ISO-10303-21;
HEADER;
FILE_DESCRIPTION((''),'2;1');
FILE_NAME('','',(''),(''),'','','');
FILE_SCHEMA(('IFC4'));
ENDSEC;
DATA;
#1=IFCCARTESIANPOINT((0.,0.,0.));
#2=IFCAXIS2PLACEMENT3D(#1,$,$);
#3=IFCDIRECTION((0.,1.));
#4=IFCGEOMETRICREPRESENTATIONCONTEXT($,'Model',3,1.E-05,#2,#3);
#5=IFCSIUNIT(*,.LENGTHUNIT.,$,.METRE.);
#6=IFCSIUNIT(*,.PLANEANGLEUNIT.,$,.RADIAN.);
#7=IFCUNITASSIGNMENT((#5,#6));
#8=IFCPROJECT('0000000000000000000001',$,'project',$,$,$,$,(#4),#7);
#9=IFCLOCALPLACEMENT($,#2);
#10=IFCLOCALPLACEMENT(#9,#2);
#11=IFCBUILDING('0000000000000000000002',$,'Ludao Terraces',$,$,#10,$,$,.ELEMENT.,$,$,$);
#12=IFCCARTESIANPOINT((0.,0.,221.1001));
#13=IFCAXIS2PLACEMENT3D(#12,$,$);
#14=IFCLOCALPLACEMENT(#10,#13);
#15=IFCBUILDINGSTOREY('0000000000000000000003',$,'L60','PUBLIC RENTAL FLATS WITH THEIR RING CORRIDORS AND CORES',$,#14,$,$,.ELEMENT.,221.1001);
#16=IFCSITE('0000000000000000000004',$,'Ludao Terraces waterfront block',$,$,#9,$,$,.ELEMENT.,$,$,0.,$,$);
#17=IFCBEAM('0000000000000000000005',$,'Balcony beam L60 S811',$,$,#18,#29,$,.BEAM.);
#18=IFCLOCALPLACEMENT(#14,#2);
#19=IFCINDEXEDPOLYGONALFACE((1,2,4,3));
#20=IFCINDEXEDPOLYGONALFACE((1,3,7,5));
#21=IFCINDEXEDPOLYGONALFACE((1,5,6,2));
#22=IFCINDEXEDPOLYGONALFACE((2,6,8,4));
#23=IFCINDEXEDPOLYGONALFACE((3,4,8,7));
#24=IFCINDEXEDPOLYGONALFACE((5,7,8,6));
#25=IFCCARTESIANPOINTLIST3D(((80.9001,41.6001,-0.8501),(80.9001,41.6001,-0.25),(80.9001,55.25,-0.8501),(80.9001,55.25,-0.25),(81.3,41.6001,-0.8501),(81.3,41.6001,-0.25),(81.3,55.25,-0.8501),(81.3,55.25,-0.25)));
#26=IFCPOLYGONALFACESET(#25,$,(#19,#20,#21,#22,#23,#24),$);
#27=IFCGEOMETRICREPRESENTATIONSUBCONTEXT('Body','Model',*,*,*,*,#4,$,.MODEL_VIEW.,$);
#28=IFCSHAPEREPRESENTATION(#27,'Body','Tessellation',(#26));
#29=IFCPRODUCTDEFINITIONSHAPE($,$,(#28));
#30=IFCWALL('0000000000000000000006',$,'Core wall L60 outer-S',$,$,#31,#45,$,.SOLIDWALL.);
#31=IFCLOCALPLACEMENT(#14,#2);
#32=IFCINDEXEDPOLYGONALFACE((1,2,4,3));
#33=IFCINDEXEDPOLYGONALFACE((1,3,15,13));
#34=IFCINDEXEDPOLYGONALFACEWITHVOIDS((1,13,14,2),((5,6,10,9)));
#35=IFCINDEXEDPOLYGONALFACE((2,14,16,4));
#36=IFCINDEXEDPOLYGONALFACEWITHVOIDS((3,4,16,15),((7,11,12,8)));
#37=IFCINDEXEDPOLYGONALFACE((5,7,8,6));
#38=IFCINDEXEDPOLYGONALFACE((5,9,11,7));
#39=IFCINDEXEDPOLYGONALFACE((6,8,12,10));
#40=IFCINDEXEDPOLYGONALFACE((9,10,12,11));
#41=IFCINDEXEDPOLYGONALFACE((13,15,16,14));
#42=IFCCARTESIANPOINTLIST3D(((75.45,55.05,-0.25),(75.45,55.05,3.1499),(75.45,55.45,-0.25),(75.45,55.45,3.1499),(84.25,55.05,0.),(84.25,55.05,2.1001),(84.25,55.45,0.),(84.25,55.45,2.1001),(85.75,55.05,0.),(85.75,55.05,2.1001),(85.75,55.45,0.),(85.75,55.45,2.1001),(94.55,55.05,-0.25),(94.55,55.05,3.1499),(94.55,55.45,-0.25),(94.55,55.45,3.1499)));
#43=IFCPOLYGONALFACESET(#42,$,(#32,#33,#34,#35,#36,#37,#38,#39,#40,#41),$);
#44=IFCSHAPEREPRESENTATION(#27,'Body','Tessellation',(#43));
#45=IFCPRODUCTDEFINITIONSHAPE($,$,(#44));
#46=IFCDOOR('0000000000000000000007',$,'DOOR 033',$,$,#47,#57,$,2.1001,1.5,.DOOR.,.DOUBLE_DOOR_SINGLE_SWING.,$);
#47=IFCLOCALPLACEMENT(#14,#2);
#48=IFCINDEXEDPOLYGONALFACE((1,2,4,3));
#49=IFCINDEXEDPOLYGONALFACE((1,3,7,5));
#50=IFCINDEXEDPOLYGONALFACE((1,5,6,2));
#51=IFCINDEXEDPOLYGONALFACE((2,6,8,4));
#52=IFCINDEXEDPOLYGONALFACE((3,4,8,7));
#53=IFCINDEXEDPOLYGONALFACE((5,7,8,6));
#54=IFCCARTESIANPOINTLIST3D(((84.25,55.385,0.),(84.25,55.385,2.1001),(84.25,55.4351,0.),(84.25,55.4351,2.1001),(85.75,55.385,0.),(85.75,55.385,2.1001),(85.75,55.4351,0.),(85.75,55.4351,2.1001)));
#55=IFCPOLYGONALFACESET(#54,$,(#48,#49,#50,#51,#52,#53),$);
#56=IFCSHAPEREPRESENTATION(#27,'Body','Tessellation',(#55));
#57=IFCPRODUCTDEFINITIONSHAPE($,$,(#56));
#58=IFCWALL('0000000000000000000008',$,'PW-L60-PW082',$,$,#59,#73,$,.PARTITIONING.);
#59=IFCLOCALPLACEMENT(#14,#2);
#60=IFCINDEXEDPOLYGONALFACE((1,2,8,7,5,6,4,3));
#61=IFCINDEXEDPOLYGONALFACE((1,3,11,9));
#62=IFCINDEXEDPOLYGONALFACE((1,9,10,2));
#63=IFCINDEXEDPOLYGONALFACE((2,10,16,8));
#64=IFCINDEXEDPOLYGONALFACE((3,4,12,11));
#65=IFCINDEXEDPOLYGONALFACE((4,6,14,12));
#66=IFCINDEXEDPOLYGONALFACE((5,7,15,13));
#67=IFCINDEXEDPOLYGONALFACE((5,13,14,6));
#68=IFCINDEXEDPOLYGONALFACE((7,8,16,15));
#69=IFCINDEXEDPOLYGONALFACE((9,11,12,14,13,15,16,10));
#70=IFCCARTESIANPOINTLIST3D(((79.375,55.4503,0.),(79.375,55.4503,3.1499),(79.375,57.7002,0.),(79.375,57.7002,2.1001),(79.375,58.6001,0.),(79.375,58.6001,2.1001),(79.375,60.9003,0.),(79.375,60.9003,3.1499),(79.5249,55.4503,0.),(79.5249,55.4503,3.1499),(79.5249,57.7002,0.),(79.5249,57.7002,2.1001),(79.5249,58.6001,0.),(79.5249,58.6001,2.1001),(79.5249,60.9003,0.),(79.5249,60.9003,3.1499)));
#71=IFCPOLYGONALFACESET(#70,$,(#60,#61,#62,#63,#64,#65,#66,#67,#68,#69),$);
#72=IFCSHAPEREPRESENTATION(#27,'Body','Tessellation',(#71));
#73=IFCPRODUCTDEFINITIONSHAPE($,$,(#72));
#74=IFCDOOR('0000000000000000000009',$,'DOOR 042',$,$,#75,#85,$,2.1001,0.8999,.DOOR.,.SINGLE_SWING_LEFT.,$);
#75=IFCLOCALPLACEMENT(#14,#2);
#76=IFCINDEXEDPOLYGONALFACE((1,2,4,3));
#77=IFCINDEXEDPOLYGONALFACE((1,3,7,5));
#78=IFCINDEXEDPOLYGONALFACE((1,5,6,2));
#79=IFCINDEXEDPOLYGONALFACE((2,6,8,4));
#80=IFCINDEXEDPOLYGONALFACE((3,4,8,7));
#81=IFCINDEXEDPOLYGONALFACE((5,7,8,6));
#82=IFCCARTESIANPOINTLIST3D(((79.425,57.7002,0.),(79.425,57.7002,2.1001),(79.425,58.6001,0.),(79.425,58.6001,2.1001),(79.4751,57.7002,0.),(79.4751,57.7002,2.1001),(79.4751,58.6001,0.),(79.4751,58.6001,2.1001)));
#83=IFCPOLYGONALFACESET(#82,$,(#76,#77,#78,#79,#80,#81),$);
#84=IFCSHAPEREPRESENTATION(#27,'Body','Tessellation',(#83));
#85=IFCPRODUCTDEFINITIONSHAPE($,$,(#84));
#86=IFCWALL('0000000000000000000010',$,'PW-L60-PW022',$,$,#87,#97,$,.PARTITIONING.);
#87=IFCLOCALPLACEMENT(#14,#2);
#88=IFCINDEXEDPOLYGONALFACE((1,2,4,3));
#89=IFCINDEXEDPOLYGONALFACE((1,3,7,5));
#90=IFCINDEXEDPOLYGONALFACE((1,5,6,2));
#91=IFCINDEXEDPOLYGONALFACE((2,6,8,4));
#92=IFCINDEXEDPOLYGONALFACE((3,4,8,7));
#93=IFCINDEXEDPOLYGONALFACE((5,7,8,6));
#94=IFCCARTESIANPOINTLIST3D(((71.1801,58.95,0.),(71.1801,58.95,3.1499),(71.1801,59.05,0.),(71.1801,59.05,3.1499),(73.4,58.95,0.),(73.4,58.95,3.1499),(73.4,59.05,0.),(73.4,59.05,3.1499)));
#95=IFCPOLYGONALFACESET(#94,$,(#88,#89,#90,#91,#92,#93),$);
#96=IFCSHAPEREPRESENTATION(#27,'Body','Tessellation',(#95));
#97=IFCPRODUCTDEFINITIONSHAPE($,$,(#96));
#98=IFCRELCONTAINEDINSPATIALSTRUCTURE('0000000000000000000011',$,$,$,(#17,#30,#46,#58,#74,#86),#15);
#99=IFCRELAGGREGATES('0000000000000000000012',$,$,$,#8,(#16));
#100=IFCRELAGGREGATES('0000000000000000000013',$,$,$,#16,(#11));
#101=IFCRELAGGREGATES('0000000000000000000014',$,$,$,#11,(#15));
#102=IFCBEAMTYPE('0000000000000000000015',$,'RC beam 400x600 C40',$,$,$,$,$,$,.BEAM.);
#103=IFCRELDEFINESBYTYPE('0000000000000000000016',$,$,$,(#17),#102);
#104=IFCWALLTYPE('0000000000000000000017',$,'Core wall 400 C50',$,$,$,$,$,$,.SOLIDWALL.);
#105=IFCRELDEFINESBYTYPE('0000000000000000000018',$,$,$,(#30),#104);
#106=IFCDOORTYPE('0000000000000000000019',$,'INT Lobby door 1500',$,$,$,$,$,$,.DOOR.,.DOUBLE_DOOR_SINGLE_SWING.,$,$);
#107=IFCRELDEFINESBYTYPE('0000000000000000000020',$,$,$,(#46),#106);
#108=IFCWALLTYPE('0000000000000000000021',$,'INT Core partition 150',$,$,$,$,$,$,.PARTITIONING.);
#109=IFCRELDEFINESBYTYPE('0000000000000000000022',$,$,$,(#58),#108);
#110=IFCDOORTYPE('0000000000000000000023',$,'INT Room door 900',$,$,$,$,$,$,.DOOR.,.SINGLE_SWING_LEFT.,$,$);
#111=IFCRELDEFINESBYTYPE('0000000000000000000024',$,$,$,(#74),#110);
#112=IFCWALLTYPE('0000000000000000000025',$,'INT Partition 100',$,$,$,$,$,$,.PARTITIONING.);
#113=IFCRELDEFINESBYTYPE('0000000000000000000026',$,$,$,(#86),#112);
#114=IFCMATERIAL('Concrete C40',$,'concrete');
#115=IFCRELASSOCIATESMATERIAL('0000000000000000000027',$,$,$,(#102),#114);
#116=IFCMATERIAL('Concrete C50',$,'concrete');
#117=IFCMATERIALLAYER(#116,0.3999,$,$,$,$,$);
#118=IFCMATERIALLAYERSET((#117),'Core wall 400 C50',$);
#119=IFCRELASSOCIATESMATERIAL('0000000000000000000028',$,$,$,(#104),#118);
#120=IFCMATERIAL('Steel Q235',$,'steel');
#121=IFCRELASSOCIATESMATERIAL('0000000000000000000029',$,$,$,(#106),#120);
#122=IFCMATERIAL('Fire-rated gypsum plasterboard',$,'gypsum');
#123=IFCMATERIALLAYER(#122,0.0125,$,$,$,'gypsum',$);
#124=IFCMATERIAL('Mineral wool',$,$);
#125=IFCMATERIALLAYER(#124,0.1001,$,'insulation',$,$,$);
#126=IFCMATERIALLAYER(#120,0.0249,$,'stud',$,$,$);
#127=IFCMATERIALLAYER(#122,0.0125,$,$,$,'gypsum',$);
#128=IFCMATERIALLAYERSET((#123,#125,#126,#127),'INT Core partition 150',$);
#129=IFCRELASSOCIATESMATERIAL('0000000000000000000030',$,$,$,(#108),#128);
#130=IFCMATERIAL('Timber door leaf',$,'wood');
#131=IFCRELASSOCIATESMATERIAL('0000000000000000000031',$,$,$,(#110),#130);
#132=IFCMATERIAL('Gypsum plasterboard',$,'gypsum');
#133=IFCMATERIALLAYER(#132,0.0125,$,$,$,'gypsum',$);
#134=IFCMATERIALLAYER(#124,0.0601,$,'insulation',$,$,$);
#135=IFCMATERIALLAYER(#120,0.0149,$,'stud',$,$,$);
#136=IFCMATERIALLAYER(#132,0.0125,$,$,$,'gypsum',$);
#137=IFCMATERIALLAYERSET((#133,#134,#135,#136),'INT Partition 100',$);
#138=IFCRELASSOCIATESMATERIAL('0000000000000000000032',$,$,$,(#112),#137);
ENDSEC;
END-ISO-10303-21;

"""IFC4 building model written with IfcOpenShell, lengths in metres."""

from ifc_helpers import new_model, si_unit, direction, frame, frame_2d, origin, origin_2d, place, context, subcontext, project, spatial, rectangle, extrude, material, layer, layer_set, material_profile, profile_set, type_object, element, fill, save


model = new_model("IFC4")

# Units and contexts
model_context = context("Model", 3, precision=1e-05, world=origin(), true_north=direction((0.0, 1.0)))
body_context = subcontext(model_context, "Body", "Model", "MODEL_VIEW")
ifc_project = project(units=[si_unit("LENGTHUNIT", "METRE"), si_unit("PLANEANGLEUNIT", "RADIAN")], contexts=[model_context])

# Site, building, storey
site_placement = place(None, origin())
site = spatial("IfcSite", under=ifc_project, at=site_placement, Name="Ludao Terraces waterfront block", CompositionType="ELEMENT", RefElevation=0.0)
building_placement = place(site_placement, origin())
building = spatial("IfcBuilding", under=site, at=building_placement, Name="Ludao Terraces", CompositionType="ELEMENT")
storey_placement = place(building_placement, frame((0.0, 0.0, 221.1001)))
storey = spatial("IfcBuildingStorey", under=building, at=storey_placement, Name="L60", Description="PUBLIC RENTAL FLATS WITH THEIR RING CORRIDORS AND CORES", CompositionType="ELEMENT", Elevation=221.1001)

# Beam
ifc_material_1 = material(Name="Concrete C40", Category="concrete")
ifc_material_profile = material_profile(ifc_material_1, rectangle(XDim=0.3999, YDim=0.6001, at=origin_2d()), Name="400 X 600")
ifc_profile_set = profile_set([ifc_material_profile], Name="Concrete C40")
beam_type = type_object("IfcBeamType", Name="RC beam 400x600 C40", PredefinedType="BEAM", material=ifc_profile_set)
beam_placement = place(storey_placement, frame((81.1001, 55.25, -0.55), z_axis=(0.0, -1.0, 0.0), x_axis=(1.0, 0.0, 0.0)))
element("IfcBeam", 1, at=beam_placement, inside=storey, type_object=beam_type, Name="Balcony beam L60 S811", PredefinedType="BEAM", context=body_context, shape_type="SweptSolid", body=[
    extrude(rectangle(XDim=0.3999, YDim=0.6001, at=origin_2d()), origin(), (0.0, 0.0, 1.0), 13.6499),
])

# Walls, openings, doors
ifc_material_2 = material(Name="Concrete C50", Category="concrete")
ifc_layer_1 = layer(ifc_material_2, 0.3999)
ifc_layer_set_1 = layer_set([ifc_layer_1], Name="Core wall 400 C50")
wall_type_1 = type_object("IfcWallType", Name="Core wall 400 C50", PredefinedType="SOLIDWALL", material=ifc_layer_set_1)
wall_1_placement = place(storey_placement, frame((75.45, 55.25, -0.25), z_axis=(0.0, 0.0, 1.0), x_axis=(1.0, 0.0, 0.0)))
wall_1 = element("IfcWall", 2, at=wall_1_placement, inside=storey, type_object=wall_type_1, Name="Core wall L60 outer-S", PredefinedType="SOLIDWALL", context=body_context, shape_type="SweptSolid", body=[
    extrude(rectangle(XDim=19.1001, YDim=0.3999, at=frame_2d((9.55, 0.0))), origin(), (0.0, 0.0, 1.0), 3.3999),
])
opening_1_placement = place(wall_1_placement, frame((8.8, 0.0, 0.25)))
opening_1 = element("IfcOpeningElement", 3, at=opening_1_placement, cuts=wall_1, PredefinedType="OPENING", context=body_context, shape_type="SweptSolid", body=[
    extrude(rectangle(XDim=1.5, YDim=2.1001, at=frame_2d((0.75, 1.05))), frame((0.0, 0.21, 0.0), z_axis=(0.0, -1.0, 0.0), x_axis=(1.0, 0.0, 0.0)), (0.0, 0.0, 1.0), 0.4199),
])
ifc_material_3 = material(Name="Steel Q235", Category="steel")
door_type_1 = type_object("IfcDoorType", Name="INT Lobby door 1500", OperationType="DOUBLE_DOOR_SINGLE_SWING", PredefinedType="DOOR", material=ifc_material_3)
door_1_placement = place(opening_1_placement, origin())
door_1 = element("IfcDoor", 4, at=door_1_placement, inside=storey, type_object=door_type_1, Name="DOOR 033", OperationType="DOUBLE_DOOR_SINGLE_SWING", OverallHeight=2.1001, OverallWidth=1.5, PredefinedType="DOOR", context=body_context, shape_type="SweptSolid", body=[
    extrude(rectangle(XDim=1.5, YDim=2.1001, at=frame_2d((0.75, 1.05))), frame((0.0, 0.1851, 0.0), z_axis=(0.0, -1.0, 0.0), x_axis=(1.0, 0.0, 0.0)), (0.0, 0.0, 1.0), 0.05),
])
fill(opening_1, door_1)
ifc_material_4 = material(Name="Fire-rated gypsum plasterboard", Category="gypsum")
ifc_layer_2 = layer(ifc_material_4, 0.0125, Category="gypsum")
ifc_material_5 = material(Name="Mineral wool")
ifc_layer_3 = layer(ifc_material_5, 0.1001, Name="insulation")
ifc_layer_4 = layer(ifc_material_3, 0.0249, Name="stud")
ifc_layer_5 = layer(ifc_material_4, 0.0125, Category="gypsum")
ifc_layer_set_2 = layer_set([ifc_layer_2, ifc_layer_3, ifc_layer_4, ifc_layer_5], Name="INT Core partition 150")
wall_type_2 = type_object("IfcWallType", Name="INT Core partition 150", PredefinedType="PARTITIONING", material=ifc_layer_set_2)
wall_2_placement = place(storey_placement, frame((79.45, 55.4502, 0.0), z_axis=(0.0, 0.0, 1.0), x_axis=(0.0, 1.0, 0.0)))
wall_2 = element("IfcWall", 5, at=wall_2_placement, inside=storey, type_object=wall_type_2, Name="PW-L60-PW082", PredefinedType="PARTITIONING", context=body_context, shape_type="SweptSolid", body=[
    extrude(rectangle(XDim=5.45, YDim=0.1499, at=frame_2d((2.7251, 0.0))), origin(), (0.0, 0.0, 1.0), 3.1499),
])
opening_2_placement = place(wall_2_placement, frame((2.25, 0.0, 0.0)))
opening_2 = element("IfcOpeningElement", 6, at=opening_2_placement, cuts=wall_2, PredefinedType="OPENING", context=body_context, shape_type="SweptSolid", body=[
    extrude(rectangle(XDim=0.8999, YDim=2.1001, at=frame_2d((0.45, 1.05))), frame((0.0, 0.085, 0.0), z_axis=(0.0, -1.0, 0.0), x_axis=(1.0, 0.0, 0.0)), (0.0, 0.0, 1.0), 0.1699),
])
ifc_material_6 = material(Name="Timber door leaf", Category="wood")
door_type_2 = type_object("IfcDoorType", Name="INT Room door 900", OperationType="SINGLE_SWING_LEFT", PredefinedType="DOOR", material=ifc_material_6)
door_2_placement = place(opening_2_placement, origin())
door_2 = element("IfcDoor", 7, at=door_2_placement, inside=storey, type_object=door_type_2, Name="DOOR 042", OperationType="SINGLE_SWING_LEFT", OverallHeight=2.1001, OverallWidth=0.8999, PredefinedType="DOOR", context=body_context, shape_type="SweptSolid", body=[
    extrude(rectangle(XDim=0.8999, YDim=2.1001, at=frame_2d((0.45, 1.05))), frame((0.0, 0.0249, 0.0), z_axis=(0.0, -1.0, 0.0), x_axis=(1.0, 0.0, 0.0)), (0.0, 0.0, 1.0), 0.05),
])
fill(opening_2, door_2)

# Wall
ifc_material_7 = material(Name="Gypsum plasterboard", Category="gypsum")
ifc_layer_6 = layer(ifc_material_7, 0.0125, Category="gypsum")
ifc_layer_7 = layer(ifc_material_5, 0.0601, Name="insulation")
ifc_layer_8 = layer(ifc_material_3, 0.0149, Name="stud")
ifc_layer_9 = layer(ifc_material_7, 0.0125, Category="gypsum")
ifc_layer_set_3 = layer_set([ifc_layer_6, ifc_layer_7, ifc_layer_8, ifc_layer_9], Name="INT Partition 100")
wall_type_3 = type_object("IfcWallType", Name="INT Partition 100", PredefinedType="PARTITIONING", material=ifc_layer_set_3)
wall_3_placement = place(storey_placement, frame((71.1802, 59.0, 0.0), z_axis=(0.0, 0.0, 1.0), x_axis=(1.0, 0.0, 0.0)))
element("IfcWall", 8, at=wall_3_placement, inside=storey, type_object=wall_type_3, Name="PW-L60-PW022", PredefinedType="PARTITIONING", context=body_context, shape_type="SweptSolid", body=[
    extrude(rectangle(XDim=2.22, YDim=0.1001, at=frame_2d((1.1099, 0.0))), origin(), (0.0, 0.0, 1.0), 3.1499),
])

save(model, "model.ifc")
